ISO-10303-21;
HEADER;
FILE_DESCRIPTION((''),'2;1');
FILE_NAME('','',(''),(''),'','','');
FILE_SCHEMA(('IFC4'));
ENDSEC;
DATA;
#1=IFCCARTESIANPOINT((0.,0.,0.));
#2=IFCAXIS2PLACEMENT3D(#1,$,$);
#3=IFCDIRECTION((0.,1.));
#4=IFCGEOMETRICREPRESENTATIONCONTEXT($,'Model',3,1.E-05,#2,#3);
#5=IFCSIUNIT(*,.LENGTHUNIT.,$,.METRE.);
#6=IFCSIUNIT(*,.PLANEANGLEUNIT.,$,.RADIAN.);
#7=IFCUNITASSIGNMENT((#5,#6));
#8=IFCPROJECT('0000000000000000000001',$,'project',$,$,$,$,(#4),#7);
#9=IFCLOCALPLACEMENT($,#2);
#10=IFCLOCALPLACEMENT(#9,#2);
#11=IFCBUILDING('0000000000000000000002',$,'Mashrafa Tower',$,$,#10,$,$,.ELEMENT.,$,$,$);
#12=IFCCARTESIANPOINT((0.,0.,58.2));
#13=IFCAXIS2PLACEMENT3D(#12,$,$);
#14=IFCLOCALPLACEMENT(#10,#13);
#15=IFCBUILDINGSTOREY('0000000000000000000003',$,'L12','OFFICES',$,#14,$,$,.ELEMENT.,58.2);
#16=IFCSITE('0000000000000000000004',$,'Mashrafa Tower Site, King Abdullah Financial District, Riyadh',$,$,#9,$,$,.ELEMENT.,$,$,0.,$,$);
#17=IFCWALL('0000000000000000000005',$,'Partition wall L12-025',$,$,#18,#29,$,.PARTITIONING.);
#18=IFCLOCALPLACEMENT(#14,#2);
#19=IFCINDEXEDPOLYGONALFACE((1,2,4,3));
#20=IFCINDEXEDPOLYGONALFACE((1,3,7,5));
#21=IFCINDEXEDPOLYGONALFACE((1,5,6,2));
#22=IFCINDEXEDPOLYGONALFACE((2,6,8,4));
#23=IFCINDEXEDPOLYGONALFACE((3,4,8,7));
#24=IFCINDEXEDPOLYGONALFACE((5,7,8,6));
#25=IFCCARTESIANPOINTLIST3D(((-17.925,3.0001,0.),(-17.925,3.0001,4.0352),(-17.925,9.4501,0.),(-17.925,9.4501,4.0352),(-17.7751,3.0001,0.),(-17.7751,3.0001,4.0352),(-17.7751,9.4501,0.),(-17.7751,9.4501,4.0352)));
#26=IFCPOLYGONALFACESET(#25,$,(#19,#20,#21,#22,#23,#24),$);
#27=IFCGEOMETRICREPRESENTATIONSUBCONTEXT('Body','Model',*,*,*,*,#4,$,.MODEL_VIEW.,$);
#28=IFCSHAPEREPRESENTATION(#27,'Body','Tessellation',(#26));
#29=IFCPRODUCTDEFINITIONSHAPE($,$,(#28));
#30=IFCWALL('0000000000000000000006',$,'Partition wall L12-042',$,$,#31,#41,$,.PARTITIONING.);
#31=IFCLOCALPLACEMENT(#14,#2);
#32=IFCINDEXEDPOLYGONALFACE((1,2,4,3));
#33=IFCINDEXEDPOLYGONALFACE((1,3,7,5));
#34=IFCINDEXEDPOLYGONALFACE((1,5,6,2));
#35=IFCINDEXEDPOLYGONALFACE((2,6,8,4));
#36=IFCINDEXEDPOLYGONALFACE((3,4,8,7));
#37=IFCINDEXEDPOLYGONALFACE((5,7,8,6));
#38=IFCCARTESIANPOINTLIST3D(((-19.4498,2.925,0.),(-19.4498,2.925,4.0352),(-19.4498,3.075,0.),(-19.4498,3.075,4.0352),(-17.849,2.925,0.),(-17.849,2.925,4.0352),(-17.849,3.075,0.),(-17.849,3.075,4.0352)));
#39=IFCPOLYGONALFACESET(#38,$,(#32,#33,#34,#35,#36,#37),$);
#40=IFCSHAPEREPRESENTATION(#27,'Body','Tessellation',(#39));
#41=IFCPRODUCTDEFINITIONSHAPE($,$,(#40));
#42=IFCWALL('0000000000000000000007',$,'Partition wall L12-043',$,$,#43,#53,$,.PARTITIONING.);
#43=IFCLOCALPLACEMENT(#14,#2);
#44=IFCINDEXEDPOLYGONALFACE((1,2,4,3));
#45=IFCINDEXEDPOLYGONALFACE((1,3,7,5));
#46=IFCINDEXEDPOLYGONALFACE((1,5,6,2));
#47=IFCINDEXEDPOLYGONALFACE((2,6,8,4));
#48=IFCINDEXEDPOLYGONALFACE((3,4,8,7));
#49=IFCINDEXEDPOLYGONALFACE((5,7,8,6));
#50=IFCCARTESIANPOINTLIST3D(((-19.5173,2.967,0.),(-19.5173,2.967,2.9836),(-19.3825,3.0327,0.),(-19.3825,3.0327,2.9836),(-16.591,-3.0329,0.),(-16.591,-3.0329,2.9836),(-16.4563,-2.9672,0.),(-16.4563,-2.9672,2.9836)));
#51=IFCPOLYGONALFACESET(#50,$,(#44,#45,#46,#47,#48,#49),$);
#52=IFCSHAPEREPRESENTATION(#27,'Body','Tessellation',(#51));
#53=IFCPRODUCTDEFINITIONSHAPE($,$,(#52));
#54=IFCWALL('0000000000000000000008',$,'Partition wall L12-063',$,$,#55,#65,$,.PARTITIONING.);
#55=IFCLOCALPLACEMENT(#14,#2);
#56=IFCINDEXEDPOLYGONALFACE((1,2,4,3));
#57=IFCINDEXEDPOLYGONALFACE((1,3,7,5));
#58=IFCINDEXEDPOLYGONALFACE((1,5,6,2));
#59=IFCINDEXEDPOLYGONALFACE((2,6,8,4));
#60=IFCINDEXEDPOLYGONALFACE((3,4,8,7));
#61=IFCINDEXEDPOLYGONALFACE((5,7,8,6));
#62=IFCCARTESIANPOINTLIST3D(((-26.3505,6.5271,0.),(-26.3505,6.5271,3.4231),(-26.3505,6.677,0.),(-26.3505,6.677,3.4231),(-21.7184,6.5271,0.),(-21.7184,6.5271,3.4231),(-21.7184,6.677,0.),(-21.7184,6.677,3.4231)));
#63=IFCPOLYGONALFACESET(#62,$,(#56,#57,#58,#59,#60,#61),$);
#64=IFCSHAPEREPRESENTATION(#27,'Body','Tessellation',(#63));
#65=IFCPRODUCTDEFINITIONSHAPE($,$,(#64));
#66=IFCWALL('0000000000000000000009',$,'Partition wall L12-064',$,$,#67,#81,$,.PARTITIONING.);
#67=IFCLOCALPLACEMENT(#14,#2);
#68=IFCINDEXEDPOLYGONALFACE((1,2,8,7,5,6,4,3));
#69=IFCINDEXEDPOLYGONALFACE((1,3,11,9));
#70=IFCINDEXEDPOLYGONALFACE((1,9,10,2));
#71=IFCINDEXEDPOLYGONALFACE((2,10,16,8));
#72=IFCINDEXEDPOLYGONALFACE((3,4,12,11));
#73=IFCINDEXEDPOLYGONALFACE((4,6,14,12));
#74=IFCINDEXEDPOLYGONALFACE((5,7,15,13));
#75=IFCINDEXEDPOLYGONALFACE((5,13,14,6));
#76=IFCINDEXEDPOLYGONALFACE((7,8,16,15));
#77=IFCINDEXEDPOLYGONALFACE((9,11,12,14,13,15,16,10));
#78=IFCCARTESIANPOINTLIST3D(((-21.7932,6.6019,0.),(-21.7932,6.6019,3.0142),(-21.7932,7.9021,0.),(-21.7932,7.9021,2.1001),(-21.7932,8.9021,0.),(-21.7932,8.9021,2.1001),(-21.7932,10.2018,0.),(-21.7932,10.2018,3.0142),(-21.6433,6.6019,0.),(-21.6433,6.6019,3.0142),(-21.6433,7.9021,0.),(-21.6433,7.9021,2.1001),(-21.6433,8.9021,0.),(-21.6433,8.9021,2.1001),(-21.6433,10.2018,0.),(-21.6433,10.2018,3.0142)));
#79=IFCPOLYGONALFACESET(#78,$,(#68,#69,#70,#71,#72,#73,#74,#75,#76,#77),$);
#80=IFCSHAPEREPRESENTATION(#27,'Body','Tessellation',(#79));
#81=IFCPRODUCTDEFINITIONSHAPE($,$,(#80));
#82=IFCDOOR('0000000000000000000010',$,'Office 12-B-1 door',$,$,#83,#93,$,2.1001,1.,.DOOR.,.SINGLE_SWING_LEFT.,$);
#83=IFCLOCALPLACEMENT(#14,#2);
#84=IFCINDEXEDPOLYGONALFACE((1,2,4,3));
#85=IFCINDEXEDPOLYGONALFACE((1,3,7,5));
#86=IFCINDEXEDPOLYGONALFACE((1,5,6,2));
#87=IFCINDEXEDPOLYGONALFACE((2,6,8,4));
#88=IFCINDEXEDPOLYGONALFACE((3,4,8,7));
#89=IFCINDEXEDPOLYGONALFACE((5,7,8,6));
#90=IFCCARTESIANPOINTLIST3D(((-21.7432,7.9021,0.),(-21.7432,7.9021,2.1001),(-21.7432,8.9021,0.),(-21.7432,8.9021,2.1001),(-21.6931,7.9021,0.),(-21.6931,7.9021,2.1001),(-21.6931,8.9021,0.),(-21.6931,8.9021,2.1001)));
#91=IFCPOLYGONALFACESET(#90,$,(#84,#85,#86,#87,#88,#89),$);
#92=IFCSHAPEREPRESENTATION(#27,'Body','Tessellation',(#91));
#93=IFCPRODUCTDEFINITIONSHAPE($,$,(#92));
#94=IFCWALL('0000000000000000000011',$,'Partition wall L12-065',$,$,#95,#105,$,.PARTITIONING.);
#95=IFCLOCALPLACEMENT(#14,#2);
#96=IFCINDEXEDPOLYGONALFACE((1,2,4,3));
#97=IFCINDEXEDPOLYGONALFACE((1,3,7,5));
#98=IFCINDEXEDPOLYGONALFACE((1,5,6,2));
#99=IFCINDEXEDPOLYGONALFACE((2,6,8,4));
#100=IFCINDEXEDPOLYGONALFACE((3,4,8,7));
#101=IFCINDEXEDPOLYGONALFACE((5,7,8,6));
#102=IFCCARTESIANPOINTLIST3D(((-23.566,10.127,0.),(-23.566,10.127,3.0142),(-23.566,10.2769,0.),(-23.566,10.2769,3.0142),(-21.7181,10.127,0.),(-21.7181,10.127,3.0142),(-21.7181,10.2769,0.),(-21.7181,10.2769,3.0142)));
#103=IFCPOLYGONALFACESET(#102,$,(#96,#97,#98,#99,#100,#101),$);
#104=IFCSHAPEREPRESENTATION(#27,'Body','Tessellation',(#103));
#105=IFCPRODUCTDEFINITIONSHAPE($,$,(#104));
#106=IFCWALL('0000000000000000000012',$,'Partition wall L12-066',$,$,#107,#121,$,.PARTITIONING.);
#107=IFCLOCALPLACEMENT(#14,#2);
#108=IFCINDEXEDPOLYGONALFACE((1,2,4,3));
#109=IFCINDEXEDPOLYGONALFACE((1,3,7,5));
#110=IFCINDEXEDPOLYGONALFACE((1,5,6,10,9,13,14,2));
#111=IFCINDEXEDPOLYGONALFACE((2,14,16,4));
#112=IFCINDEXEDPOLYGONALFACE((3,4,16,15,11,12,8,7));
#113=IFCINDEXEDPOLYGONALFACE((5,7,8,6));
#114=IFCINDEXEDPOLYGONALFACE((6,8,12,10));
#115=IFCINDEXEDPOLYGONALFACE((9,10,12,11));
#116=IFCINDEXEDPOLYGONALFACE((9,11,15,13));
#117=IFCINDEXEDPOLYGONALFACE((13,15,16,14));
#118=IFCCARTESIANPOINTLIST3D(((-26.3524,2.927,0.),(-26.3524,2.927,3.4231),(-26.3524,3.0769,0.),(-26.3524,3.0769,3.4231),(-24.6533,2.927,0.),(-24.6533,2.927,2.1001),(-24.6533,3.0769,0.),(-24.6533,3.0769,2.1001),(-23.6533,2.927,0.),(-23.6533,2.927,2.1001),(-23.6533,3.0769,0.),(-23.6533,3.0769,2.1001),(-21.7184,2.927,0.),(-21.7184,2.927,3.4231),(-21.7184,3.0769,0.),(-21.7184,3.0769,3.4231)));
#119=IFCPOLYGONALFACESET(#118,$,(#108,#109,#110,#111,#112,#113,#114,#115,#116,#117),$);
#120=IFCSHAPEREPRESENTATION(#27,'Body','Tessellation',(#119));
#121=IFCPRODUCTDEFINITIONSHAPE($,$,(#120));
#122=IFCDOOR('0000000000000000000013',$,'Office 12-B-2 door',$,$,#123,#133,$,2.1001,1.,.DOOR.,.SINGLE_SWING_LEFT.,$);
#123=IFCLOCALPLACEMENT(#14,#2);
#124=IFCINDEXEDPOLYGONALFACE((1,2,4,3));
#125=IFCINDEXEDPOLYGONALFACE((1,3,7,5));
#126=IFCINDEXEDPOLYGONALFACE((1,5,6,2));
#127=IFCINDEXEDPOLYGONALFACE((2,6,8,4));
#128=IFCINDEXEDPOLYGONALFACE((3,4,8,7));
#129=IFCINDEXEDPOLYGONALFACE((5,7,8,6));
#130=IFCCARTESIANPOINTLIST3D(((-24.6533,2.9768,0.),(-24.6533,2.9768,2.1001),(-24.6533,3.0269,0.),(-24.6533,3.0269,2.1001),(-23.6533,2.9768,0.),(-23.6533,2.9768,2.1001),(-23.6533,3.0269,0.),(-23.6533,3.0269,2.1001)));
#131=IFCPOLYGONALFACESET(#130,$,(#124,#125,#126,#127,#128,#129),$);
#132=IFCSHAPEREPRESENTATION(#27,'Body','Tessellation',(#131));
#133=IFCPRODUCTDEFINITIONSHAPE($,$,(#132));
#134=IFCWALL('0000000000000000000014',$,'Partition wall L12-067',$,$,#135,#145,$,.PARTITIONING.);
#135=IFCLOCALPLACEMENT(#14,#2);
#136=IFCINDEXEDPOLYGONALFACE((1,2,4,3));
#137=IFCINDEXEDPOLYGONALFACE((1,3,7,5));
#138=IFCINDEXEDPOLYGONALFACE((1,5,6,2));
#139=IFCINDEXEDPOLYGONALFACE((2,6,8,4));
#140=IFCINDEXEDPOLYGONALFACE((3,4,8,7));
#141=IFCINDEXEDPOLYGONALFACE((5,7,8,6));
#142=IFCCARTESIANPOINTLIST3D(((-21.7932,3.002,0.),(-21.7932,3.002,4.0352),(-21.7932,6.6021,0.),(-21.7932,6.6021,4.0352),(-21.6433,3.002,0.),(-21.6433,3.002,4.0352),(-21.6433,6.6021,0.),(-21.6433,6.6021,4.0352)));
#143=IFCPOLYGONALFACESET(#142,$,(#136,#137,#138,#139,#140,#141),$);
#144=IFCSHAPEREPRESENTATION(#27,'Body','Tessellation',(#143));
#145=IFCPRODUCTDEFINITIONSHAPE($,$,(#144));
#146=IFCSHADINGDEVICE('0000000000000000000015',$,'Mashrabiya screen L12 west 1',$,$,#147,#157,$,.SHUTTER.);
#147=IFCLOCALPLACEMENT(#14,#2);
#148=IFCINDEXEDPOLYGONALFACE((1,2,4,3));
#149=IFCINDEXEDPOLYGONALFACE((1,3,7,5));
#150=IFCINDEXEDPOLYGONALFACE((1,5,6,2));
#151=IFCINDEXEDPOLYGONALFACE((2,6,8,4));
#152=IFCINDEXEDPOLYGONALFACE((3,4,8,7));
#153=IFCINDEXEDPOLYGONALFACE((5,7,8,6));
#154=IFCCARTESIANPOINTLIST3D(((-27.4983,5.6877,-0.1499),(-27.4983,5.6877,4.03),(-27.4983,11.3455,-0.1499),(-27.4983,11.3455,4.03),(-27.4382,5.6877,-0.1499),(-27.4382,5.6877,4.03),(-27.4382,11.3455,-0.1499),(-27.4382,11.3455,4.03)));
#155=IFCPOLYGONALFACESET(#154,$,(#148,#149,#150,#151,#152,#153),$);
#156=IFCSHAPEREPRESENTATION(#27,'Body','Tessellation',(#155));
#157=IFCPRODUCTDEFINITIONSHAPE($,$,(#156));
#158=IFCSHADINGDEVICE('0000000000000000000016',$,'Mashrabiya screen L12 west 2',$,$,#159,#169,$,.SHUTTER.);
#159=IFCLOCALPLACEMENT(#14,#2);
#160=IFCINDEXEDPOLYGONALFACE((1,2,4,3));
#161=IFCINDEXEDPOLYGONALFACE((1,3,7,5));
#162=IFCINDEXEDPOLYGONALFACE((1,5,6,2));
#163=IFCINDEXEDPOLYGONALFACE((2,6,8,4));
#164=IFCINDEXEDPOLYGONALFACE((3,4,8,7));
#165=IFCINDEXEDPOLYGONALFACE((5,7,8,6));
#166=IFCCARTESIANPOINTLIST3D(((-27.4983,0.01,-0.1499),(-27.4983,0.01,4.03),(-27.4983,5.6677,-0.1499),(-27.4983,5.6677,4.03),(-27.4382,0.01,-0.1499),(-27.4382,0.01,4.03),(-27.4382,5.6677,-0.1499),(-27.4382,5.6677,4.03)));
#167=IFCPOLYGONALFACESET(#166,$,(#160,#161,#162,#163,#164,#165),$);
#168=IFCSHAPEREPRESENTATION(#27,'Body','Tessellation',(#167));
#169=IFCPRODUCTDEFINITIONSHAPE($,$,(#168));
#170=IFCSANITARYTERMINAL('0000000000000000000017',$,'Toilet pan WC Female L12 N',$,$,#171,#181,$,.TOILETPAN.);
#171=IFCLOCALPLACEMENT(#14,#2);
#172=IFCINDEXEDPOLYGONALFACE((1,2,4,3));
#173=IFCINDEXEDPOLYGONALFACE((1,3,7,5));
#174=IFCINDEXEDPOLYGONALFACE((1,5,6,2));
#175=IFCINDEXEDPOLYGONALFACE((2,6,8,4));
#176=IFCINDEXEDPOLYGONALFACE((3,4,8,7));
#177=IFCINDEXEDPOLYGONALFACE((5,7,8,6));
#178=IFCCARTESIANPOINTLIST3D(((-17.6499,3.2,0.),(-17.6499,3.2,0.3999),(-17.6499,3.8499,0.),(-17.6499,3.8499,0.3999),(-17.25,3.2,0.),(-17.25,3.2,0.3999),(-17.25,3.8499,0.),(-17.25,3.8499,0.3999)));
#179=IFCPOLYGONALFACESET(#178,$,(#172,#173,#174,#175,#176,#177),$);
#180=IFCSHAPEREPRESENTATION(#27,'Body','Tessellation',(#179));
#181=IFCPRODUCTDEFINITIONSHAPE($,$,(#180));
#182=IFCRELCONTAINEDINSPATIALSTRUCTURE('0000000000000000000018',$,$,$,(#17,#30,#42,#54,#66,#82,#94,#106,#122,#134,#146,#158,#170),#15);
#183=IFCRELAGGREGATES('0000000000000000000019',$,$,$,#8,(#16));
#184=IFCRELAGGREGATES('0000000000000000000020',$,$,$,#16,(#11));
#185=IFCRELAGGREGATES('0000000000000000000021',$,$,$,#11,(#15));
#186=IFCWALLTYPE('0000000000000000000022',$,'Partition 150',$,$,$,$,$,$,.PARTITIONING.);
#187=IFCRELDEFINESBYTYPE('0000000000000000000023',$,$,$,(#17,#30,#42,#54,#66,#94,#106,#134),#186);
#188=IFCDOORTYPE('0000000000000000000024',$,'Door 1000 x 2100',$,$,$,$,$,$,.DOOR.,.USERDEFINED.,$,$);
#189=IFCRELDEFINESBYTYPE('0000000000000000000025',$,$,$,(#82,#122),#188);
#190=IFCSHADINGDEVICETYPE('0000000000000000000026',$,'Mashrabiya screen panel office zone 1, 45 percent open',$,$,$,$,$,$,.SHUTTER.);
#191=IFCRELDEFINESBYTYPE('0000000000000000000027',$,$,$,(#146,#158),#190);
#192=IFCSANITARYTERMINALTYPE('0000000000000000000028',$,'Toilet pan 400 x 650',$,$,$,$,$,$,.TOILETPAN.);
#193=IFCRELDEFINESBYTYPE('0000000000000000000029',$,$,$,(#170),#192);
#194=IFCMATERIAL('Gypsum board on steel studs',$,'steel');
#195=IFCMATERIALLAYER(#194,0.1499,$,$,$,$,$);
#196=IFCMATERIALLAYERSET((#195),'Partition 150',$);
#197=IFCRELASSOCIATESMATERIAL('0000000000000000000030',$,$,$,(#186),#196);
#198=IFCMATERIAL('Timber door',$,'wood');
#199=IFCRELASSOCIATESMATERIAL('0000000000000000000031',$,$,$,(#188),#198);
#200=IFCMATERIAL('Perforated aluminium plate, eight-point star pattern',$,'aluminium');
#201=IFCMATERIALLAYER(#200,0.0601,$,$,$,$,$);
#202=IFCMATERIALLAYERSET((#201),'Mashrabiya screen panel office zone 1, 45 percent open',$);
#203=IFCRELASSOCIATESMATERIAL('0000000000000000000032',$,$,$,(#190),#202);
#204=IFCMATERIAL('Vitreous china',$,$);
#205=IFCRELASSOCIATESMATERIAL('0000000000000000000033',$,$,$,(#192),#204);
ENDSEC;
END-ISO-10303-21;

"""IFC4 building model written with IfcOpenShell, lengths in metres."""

from ifc_helpers import new_model, si_unit, direction, frame, frame_2d, origin, origin_2d, place, context, subcontext, project, spatial, rectangle, extrude, source, transform, mapped, material, layer, layer_set, type_object, type_shapes, element, fill, save


model = new_model("IFC4")

# Units and contexts
model_context = context("Model", 3, precision=1e-05, world=origin(), true_north=direction((0.0, 1.0)))
body_context = subcontext(model_context, "Body", "Model", "MODEL_VIEW")
ifc_project = project(units=[si_unit("LENGTHUNIT", "METRE"), si_unit("PLANEANGLEUNIT", "RADIAN")], contexts=[model_context])

# Site, building, storey
site_placement = place(None, origin())
site = spatial("IfcSite", under=ifc_project, at=site_placement, Name="Mashrafa Tower Site, King Abdullah Financial District, Riyadh", CompositionType="ELEMENT", RefElevation=0.0)
building_placement = place(site_placement, origin())
building = spatial("IfcBuilding", under=site, at=building_placement, Name="Mashrafa Tower", CompositionType="ELEMENT")
storey_placement = place(building_placement, frame((0.0, 0.0, 58.2)))
storey = spatial("IfcBuildingStorey", under=building, at=storey_placement, Name="L12", Description="OFFICES", CompositionType="ELEMENT", Elevation=58.2)

# Walls
ifc_material_1 = material(Name="Gypsum board on steel studs", Category="steel")
ifc_layer_1 = layer(ifc_material_1, 0.1499)
ifc_layer_set_1 = layer_set([ifc_layer_1], Name="Partition 150")
wall_type = type_object("IfcWallType", Name="Partition 150", PredefinedType="PARTITIONING", material=ifc_layer_set_1)
wall_1_placement = place(storey_placement, frame((-17.8501, 3.0, 0.0), z_axis=(0.0, 0.0, 1.0), x_axis=(0.0, 1.0, 0.0)))
element("IfcWall", 1, at=wall_1_placement, inside=storey, type_object=wall_type, Name="Partition wall L12-025", PredefinedType="PARTITIONING", context=body_context, shape_type="SweptSolid", body=[
    extrude(rectangle(XDim=6.45, YDim=0.1499, at=frame_2d((3.2251, 0.0))), origin(), (0.0, 0.0, 1.0), 4.0352),
])
wall_2_placement = place(storey_placement, frame((-17.8491, 3.0, 0.0), z_axis=(0.0, 0.0, 1.0), x_axis=(-1.0, 0.0, 0.0)))
element("IfcWall", 2, at=wall_2_placement, inside=storey, type_object=wall_type, Name="Partition wall L12-042", PredefinedType="PARTITIONING", context=body_context, shape_type="SweptSolid", body=[
    extrude(rectangle(XDim=1.6008, YDim=0.1499, at=frame_2d((0.8003, 0.0))), origin(), (0.0, 0.0, 1.0), 4.0352),
])
wall_3_placement = place(storey_placement, frame((-19.45, 3.0, 0.0), z_axis=(0.0, 0.0, 1.0), x_axis=(0.438356, -0.898801, 0.0)))
element("IfcWall", 3, at=wall_3_placement, inside=storey, type_object=wall_type, Name="Partition wall L12-043", PredefinedType="PARTITIONING", context=body_context, shape_type="SweptSolid", body=[
    extrude(rectangle(XDim=6.6755, YDim=0.1499, at=frame_2d((3.3379, 0.0))), origin(), (0.0, 0.0, 1.0), 2.9836),
])
wall_4_placement = place(storey_placement, frame((-26.3503, 6.6021, 0.0), z_axis=(0.0, 0.0, 1.0), x_axis=(1.0, 0.0, 0.0)))
element("IfcWall", 4, at=wall_4_placement, inside=storey, type_object=wall_type, Name="Partition wall L12-063", PredefinedType="PARTITIONING", context=body_context, shape_type="SweptSolid", body=[
    extrude(rectangle(XDim=4.6321, YDim=0.1499, at=frame_2d((2.3159, 0.0))), origin(), (0.0, 0.0, 1.0), 3.4231),
])

# Wall, opening, door
wall_5_placement = place(storey_placement, frame((-21.7183, 6.6021, 0.0), z_axis=(0.0, 0.0, 1.0), x_axis=(0.0, 1.0, 0.0)))
wall_5 = element("IfcWall", 5, at=wall_5_placement, inside=storey, type_object=wall_type, Name="Partition wall L12-064", PredefinedType="PARTITIONING", context=body_context, shape_type="SweptSolid", body=[
    extrude(rectangle(XDim=3.5999, YDim=0.1499, at=frame_2d((1.7998, 0.0))), origin(), (0.0, 0.0, 1.0), 3.0142),
])
opening_1_placement = place(wall_5_placement, frame((1.3, 0.0, 0.0)))
opening_1 = element("IfcOpeningElement", 6, at=opening_1_placement, cuts=wall_5, PredefinedType="OPENING", context=body_context, shape_type="SweptSolid", body=[
    extrude(rectangle(XDim=1.0, YDim=2.1001, at=frame_2d((0.5, 1.05))), frame((0.0, 0.085, 0.0), z_axis=(0.0, -1.0, 0.0), x_axis=(1.0, 0.0, 0.0)), (0.0, 0.0, 1.0), 0.1699),
])
ifc_material_2 = material(Name="Timber door", Category="wood")
door_type = type_object("IfcDoorType", Name="Door 1000 x 2100", OperationType="USERDEFINED", PredefinedType="DOOR", material=ifc_material_2)
door_1_placement = place(opening_1_placement, origin())
door_1 = element("IfcDoor", 7, at=door_1_placement, inside=storey, type_object=door_type, Name="Office 12-B-1 door", OperationType="SINGLE_SWING_LEFT", OverallHeight=2.1001, OverallWidth=1.0, PredefinedType="DOOR", context=body_context, shape_type="SweptSolid", body=[
    extrude(rectangle(XDim=1.0, YDim=2.1001, at=frame_2d((0.5, 1.05))), frame((0.0, 0.0249, 0.0), z_axis=(0.0, -1.0, 0.0), x_axis=(1.0, 0.0, 0.0)), (0.0, 0.0, 1.0), 0.05),
])
fill(opening_1, door_1)

# Wall
wall_6_placement = place(storey_placement, frame((-21.7183, 10.2019, 0.0), z_axis=(0.0, 0.0, 1.0), x_axis=(-1.0, 0.0, 0.0)))
element("IfcWall", 8, at=wall_6_placement, inside=storey, type_object=wall_type, Name="Partition wall L12-065", PredefinedType="PARTITIONING", context=body_context, shape_type="SweptSolid", body=[
    extrude(rectangle(XDim=1.8479, YDim=0.1499, at=frame_2d((0.9238, 0.0))), origin(), (0.0, 0.0, 1.0), 3.0142),
])

# Wall, opening, door
wall_7_placement = place(storey_placement, frame((-26.3523, 3.002, 0.0), z_axis=(0.0, 0.0, 1.0), x_axis=(1.0, 0.0, 0.0)))
wall_7 = element("IfcWall", 9, at=wall_7_placement, inside=storey, type_object=wall_type, Name="Partition wall L12-066", PredefinedType="PARTITIONING", context=body_context, shape_type="SweptSolid", body=[
    extrude(rectangle(XDim=4.634, YDim=0.1499, at=frame_2d((2.3169, 0.0))), origin(), (0.0, 0.0, 1.0), 3.4231),
])
opening_2_placement = place(wall_7_placement, frame((1.699, 0.0, 0.0)))
opening_2 = element("IfcOpeningElement", 10, at=opening_2_placement, cuts=wall_7, PredefinedType="OPENING", context=body_context, shape_type="SweptSolid", body=[
    extrude(rectangle(XDim=1.0, YDim=2.1001, at=frame_2d((0.5, 1.05))), frame((0.0, 0.085, 0.0), z_axis=(0.0, -1.0, 0.0), x_axis=(1.0, 0.0, 0.0)), (0.0, 0.0, 1.0), 0.1699),
])
door_2_placement = place(opening_2_placement, origin())
door_2 = element("IfcDoor", 11, at=door_2_placement, inside=storey, type_object=door_type, Name="Office 12-B-2 door", OperationType="SINGLE_SWING_LEFT", OverallHeight=2.1001, OverallWidth=1.0, PredefinedType="DOOR", context=body_context, shape_type="SweptSolid", body=[
    extrude(rectangle(XDim=1.0, YDim=2.1001, at=frame_2d((0.5, 1.05))), frame((0.0, 0.0249, 0.0), z_axis=(0.0, -1.0, 0.0), x_axis=(1.0, 0.0, 0.0)), (0.0, 0.0, 1.0), 0.05),
])
fill(opening_2, door_2)

# Wall
wall_8_placement = place(storey_placement, frame((-21.7183, 3.002, 0.0), z_axis=(0.0, 0.0, 1.0), x_axis=(0.0, 1.0, 0.0)))
element("IfcWall", 12, at=wall_8_placement, inside=storey, type_object=wall_type, Name="Partition wall L12-067", PredefinedType="PARTITIONING", context=body_context, shape_type="SweptSolid", body=[
    extrude(rectangle(XDim=3.6001, YDim=0.1499, at=frame_2d((1.8, 0.0))), origin(), (0.0, 0.0, 1.0), 4.0352),
])

# Shading devices
ifc_material_3 = material(Name="Perforated aluminium plate, eight-point star pattern", Category="aluminium")
ifc_layer_2 = layer(ifc_material_3, 0.0601)
ifc_layer_set_2 = layer_set([ifc_layer_2], Name="Mashrabiya screen panel office zone 1, 45 percent open")
shading_device_type = type_object("IfcShadingDeviceType", Name="Mashrabiya screen panel office zone 1, 45 percent open", PredefinedType="SHUTTER", material=ifc_layer_set_2)
shared_shape_1 = source(origin(), body_context, "Body", "SweptSolid", [
    extrude(rectangle(XDim=5.6577, YDim=0.0601, at=origin_2d()), origin(), (0.0, 0.0, 1.0), 4.1799),
])
type_shapes(shading_device_type, [shared_shape_1])
for number, where, z_axis, x_axis, name in (
    (13, (-27.4683, 8.5166, -0.1499), (0.0, 0.0, 1.0), (0.0, -1.0, 0.0), "Mashrabiya screen L12 west 1"),
    (14, (-27.4683, 2.8389, -0.1499), (0.0, 0.0, 1.0), (0.0, -1.0, 0.0), "Mashrabiya screen L12 west 2"),
):
    element("IfcShadingDevice", number, at=place(storey_placement, frame(where, z_axis=z_axis, x_axis=x_axis)), inside=storey, type_object=shading_device_type, Name=name, PredefinedType="SHUTTER", context=body_context, shape_type="MappedRepresentation", body=[
        mapped(shared_shape_1, transform((0.0, 0.0, 0.0))),
    ])

# Sanitary terminal
ifc_material_4 = material(Name="Vitreous china")
sanitary_terminal_type_1 = type_object("IfcSanitaryTerminalType", Name="Toilet pan 400 x 650", PredefinedType="TOILETPAN", material=ifc_material_4)
for number, where, z_axis, x_axis, name in (
    (15, (-17.45, 3.5249, 0.0), (0.0, 0.0, 1.0), (1.0, 0.0, 0.0), "Toilet pan WC Female L12 N"),
):
    element("IfcSanitaryTerminal", number, at=place(storey_placement, frame(where, z_axis=z_axis, x_axis=x_axis)), inside=storey, type_object=sanitary_terminal_type_1, Name=name, PredefinedType="TOILETPAN", context=body_context, shape_type="SweptSolid", body=[
        extrude(rectangle(XDim=0.3999, YDim=0.6499, at=origin_2d()), origin(), (0.0, 0.0, 1.0), 0.3999),
    ])

save(model, "model.ifc")
